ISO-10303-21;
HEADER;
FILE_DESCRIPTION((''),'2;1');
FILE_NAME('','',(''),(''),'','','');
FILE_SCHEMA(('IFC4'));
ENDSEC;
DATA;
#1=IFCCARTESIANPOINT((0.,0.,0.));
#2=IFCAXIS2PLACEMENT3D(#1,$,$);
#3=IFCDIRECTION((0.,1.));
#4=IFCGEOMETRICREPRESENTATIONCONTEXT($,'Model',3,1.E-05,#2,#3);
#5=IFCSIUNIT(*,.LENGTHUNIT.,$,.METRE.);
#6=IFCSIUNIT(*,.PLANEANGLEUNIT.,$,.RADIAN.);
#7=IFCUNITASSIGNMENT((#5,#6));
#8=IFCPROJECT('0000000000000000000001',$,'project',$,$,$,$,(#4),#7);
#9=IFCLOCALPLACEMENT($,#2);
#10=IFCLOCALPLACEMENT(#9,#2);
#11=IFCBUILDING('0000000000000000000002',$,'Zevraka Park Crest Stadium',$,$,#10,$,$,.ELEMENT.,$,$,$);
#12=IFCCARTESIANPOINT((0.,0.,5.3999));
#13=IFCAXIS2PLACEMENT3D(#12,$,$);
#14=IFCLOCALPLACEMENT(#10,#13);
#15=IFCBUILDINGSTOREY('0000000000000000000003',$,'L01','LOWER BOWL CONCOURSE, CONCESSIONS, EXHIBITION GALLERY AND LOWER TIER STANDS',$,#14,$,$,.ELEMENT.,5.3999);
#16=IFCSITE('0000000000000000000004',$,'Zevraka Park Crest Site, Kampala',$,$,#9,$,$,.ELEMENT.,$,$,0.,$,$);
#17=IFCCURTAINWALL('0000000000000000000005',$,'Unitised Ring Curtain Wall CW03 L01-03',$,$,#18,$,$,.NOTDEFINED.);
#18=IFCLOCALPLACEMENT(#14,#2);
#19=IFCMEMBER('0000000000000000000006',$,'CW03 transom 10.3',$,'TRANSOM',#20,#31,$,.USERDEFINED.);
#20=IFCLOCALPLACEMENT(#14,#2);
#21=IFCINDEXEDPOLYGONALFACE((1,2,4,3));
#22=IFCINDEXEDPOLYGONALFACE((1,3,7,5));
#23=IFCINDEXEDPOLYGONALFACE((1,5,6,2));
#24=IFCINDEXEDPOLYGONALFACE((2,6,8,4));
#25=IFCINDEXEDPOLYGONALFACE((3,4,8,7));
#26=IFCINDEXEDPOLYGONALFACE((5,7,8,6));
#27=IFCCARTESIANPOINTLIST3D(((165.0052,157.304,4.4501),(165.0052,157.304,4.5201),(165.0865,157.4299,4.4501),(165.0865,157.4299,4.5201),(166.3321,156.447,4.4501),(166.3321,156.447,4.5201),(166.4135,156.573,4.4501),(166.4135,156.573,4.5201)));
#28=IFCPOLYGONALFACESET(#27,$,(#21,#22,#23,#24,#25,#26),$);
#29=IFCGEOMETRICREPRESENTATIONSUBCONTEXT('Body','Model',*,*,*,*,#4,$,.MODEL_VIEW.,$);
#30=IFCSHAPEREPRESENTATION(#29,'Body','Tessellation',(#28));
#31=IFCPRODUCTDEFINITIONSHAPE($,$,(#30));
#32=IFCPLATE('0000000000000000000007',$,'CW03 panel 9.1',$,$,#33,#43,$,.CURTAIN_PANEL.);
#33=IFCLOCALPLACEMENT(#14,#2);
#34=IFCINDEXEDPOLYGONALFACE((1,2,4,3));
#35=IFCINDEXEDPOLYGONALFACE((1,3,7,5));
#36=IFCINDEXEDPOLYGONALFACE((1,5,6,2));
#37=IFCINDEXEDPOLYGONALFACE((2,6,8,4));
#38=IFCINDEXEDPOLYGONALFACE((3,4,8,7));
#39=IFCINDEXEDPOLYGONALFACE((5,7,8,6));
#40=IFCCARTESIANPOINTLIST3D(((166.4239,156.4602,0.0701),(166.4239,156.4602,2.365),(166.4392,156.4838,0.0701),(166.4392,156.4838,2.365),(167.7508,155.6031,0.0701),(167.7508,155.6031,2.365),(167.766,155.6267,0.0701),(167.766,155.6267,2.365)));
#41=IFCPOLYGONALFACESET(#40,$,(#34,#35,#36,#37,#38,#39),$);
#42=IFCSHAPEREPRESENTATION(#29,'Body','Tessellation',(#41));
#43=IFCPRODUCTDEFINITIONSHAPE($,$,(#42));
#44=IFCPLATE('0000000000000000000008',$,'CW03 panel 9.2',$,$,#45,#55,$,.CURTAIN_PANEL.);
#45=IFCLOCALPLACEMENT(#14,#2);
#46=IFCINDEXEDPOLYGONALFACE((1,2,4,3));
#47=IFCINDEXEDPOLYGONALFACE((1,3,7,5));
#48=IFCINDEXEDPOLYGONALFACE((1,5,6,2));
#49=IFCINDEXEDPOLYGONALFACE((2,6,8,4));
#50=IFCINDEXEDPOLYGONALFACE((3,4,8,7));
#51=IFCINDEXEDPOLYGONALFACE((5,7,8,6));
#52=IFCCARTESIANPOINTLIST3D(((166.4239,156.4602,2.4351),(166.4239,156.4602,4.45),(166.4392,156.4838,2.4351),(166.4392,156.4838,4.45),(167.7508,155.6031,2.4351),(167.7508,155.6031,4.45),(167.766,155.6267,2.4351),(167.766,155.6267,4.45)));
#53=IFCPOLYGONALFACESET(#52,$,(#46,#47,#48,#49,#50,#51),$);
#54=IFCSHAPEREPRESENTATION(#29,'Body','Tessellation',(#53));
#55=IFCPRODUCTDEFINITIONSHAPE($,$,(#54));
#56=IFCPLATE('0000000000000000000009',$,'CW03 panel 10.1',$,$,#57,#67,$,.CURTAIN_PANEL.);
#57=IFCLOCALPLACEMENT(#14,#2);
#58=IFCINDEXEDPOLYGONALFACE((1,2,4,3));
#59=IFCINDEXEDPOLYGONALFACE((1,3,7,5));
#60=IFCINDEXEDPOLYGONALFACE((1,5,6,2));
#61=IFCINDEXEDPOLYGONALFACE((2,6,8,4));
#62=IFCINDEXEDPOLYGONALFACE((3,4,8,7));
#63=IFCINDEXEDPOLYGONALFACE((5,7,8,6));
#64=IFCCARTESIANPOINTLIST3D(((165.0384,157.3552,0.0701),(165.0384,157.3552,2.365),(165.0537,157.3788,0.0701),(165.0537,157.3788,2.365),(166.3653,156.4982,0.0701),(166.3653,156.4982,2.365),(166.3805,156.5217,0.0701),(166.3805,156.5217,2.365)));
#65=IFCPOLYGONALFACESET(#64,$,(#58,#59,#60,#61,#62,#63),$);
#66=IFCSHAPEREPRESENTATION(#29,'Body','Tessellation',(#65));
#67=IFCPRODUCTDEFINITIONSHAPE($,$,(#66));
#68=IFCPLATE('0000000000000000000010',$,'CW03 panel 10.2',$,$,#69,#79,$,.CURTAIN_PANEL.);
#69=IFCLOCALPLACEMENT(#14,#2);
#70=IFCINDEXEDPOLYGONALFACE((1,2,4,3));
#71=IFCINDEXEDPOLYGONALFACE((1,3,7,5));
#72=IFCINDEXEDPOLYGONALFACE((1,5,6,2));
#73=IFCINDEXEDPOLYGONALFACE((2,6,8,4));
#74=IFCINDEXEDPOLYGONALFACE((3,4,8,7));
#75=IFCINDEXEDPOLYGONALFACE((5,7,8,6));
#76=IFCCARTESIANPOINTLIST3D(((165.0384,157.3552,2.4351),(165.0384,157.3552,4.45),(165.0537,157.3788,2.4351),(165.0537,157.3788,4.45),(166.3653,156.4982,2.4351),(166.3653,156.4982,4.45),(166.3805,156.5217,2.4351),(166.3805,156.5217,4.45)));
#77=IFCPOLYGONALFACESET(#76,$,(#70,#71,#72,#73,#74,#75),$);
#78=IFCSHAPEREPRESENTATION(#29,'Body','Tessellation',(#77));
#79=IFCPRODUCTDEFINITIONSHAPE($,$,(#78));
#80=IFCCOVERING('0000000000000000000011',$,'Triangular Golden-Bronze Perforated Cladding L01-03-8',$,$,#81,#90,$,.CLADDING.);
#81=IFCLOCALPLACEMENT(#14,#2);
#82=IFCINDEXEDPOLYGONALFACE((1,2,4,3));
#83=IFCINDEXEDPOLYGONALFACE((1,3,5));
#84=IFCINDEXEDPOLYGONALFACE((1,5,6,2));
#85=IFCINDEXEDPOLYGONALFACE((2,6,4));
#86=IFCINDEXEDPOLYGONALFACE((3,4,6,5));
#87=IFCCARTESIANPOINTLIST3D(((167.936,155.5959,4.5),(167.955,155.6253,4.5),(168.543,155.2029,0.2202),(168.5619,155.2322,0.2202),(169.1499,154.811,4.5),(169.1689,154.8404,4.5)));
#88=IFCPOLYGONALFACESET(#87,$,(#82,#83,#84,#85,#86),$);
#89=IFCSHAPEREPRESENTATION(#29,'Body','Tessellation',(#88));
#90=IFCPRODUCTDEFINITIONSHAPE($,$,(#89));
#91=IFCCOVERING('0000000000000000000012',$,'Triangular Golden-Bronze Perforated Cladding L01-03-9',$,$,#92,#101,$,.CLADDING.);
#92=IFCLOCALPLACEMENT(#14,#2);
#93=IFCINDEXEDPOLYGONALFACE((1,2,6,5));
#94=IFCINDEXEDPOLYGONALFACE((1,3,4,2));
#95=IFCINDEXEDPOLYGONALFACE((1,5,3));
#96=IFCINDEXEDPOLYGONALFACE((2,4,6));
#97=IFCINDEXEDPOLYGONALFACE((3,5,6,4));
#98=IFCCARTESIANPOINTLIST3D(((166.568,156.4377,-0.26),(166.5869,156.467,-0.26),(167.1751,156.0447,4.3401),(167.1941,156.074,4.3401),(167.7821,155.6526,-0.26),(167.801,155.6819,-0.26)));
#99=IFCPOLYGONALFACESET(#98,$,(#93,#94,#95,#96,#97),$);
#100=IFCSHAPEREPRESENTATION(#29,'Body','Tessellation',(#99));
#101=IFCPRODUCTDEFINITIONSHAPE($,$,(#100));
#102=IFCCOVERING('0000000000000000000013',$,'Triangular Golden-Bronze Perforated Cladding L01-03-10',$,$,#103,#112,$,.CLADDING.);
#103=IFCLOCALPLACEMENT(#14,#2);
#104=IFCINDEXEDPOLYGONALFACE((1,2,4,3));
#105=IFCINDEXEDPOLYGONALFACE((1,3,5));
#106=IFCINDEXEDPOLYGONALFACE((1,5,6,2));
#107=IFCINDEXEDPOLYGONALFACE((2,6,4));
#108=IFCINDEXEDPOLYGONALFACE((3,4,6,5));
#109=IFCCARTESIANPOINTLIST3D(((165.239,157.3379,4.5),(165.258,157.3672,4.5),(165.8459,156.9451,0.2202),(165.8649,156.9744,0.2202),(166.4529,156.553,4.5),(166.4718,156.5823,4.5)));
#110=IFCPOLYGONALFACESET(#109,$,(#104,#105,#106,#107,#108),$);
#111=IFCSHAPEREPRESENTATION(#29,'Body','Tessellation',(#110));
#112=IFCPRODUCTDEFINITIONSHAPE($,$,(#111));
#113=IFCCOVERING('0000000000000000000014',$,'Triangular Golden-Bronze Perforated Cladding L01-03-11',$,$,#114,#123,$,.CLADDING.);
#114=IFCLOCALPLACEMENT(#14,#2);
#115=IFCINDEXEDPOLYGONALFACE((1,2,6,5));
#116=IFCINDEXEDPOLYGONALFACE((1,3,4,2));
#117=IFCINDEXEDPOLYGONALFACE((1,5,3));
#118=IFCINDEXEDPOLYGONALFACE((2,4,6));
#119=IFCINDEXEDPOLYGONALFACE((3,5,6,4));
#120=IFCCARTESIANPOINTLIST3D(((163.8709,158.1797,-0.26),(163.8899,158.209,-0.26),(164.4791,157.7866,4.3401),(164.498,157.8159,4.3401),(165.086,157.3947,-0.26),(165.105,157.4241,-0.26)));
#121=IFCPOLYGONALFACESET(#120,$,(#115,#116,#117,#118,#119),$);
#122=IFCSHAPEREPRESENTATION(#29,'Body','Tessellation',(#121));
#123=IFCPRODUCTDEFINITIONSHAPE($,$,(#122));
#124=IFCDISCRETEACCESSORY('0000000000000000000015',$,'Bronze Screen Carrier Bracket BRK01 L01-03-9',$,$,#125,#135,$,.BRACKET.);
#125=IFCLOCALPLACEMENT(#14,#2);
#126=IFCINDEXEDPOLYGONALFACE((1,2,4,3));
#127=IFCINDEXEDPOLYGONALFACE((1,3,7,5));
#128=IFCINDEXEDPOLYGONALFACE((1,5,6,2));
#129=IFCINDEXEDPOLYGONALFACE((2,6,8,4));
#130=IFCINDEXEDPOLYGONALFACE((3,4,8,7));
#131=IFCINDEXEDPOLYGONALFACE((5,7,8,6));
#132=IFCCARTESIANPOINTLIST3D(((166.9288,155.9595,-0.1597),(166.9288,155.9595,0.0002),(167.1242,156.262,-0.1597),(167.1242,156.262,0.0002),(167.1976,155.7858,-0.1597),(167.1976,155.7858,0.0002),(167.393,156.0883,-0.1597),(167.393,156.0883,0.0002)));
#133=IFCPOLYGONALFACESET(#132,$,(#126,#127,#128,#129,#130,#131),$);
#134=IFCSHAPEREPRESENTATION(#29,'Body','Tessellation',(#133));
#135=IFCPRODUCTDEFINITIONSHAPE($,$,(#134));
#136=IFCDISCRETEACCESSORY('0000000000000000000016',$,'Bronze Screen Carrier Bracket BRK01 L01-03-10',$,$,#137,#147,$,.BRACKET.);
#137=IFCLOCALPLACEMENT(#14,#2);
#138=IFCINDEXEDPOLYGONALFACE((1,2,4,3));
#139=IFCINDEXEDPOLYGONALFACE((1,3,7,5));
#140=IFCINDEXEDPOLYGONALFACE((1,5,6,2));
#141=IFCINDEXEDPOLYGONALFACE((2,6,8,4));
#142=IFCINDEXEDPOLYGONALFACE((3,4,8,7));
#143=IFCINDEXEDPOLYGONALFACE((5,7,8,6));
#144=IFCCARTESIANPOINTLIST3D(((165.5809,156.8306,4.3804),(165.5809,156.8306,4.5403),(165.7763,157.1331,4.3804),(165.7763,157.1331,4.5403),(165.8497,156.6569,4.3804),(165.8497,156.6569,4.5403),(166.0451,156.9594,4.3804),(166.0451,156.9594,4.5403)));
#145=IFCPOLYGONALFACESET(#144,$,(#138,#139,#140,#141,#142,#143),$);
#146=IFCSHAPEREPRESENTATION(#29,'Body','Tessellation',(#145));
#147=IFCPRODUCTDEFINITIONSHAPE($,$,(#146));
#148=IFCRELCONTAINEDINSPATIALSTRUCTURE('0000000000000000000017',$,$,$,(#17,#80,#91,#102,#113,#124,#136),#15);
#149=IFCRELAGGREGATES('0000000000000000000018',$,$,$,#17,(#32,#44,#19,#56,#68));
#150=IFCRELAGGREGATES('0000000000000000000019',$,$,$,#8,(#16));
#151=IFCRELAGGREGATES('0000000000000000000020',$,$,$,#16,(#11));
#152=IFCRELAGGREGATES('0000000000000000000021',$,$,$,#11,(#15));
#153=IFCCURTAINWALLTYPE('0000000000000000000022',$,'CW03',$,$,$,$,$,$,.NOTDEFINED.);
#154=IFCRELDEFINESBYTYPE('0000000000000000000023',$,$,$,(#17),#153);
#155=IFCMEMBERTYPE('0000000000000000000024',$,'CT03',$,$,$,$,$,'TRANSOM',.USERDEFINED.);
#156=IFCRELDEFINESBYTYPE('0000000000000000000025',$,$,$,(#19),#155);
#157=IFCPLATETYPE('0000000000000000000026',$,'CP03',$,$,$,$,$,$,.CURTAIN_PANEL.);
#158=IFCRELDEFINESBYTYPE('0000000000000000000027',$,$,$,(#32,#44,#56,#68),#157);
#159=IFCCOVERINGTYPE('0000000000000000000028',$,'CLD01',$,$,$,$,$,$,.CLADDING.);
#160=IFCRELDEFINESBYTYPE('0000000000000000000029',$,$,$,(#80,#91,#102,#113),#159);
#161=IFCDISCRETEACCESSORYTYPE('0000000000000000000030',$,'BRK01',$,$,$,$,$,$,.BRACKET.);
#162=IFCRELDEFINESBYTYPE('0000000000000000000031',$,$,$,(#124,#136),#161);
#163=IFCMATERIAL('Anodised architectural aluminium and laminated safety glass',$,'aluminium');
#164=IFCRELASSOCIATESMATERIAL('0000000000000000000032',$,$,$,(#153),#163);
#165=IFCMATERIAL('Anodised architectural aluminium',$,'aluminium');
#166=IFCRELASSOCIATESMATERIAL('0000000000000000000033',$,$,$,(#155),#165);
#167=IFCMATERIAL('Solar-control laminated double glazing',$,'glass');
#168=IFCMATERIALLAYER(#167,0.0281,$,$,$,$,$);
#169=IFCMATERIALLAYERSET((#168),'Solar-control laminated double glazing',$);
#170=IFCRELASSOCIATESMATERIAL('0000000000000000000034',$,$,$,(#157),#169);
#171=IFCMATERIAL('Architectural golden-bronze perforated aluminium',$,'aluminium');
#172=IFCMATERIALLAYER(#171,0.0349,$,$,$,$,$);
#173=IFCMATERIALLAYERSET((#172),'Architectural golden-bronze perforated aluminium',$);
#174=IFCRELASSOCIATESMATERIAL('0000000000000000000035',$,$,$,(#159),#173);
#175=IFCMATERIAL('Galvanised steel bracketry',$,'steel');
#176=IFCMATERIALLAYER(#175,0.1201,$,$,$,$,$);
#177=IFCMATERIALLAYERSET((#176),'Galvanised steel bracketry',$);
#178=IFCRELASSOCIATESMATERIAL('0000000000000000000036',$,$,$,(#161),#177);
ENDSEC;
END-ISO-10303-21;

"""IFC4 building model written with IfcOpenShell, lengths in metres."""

from ifc_helpers import new_model, si_unit, direction, frame, origin, origin_2d, place, context, subcontext, project, spatial, polyline, rectangle, outline, extrude, material, layer, layer_set, material_profile, profile_set, type_object, element, aggregate, save


model = new_model("IFC4")

# Units and contexts
model_context = context("Model", 3, precision=1e-05, world=origin(), true_north=direction((0.0, 1.0)))
body_context = subcontext(model_context, "Body", "Model", "MODEL_VIEW")
ifc_project = project(units=[si_unit("LENGTHUNIT", "METRE"), si_unit("PLANEANGLEUNIT", "RADIAN")], contexts=[model_context])

# Site, building, storey
site_placement = place(None, origin())
site = spatial("IfcSite", under=ifc_project, at=site_placement, Name="Zevraka Park Crest Site, Kampala", CompositionType="ELEMENT", RefElevation=0.0)
building_placement = place(site_placement, origin())
building = spatial("IfcBuilding", under=site, at=building_placement, Name="Zevraka Park Crest Stadium", CompositionType="ELEMENT")
storey_placement = place(building_placement, frame((0.0, 0.0, 5.3999)))
storey = spatial("IfcBuildingStorey", under=building, at=storey_placement, Name="L01", Description="LOWER BOWL CONCOURSE, CONCESSIONS, EXHIBITION GALLERY AND LOWER TIER STANDS", CompositionType="ELEMENT", Elevation=5.3999)

# Curtain wall, member, plates
ifc_material_1 = material(Name="Anodised architectural aluminium and laminated safety glass", Category="aluminium")
curtain_wall_type = type_object("IfcCurtainWallType", Name="CW03", PredefinedType="NOTDEFINED", material=ifc_material_1)
curtain_wall_placement = place(storey_placement, origin())
curtain_wall = element("IfcCurtainWall", 1, at=curtain_wall_placement, inside=storey, type_object=curtain_wall_type, Name="Unitised Ring Curtain Wall CW03 L01-03", PredefinedType="NOTDEFINED")
ifc_material_2 = material(Name="Anodised architectural aluminium", Category="aluminium")
ifc_material_profile_1 = material_profile(ifc_material_2, rectangle(XDim=0.1499, YDim=0.0701, at=origin_2d()), Name="ALU TRANSOM 150x70")
ifc_profile_set_1 = profile_set([ifc_material_profile_1], Name="Anodised architectural aluminium")
member_type_1 = type_object("IfcMemberType", Name="CT03", ElementType="TRANSOM", PredefinedType="USERDEFINED", material=ifc_profile_set_1)
member_1_placement = place(storey_placement, frame((166.3728, 156.51, 4.4851), z_axis=(-0.840047, 0.542514, 0.0), x_axis=(-0.542514, -0.840047, 0.0)))
member_1 = element("IfcMember", 2, at=member_1_placement, type_object=member_type_1, Name="CW03 transom 10.3", ObjectType="TRANSOM", PredefinedType="USERDEFINED", context=body_context, shape_type="SweptSolid", body=[
    extrude(rectangle(XDim=0.1499, YDim=0.0701, at=origin_2d()), origin(), (0.0, 0.0, 1.0), 1.5796),
])
ifc_material_3 = material(Name="Solar-control laminated double glazing", Category="glass")
ifc_layer_1 = layer(ifc_material_3, 0.0281)
ifc_layer_set_1 = layer_set([ifc_layer_1], Name="Solar-control laminated double glazing")
plate_type = type_object("IfcPlateType", Name="CP03", PredefinedType="CURTAIN_PANEL", material=ifc_layer_set_1)
plate_1_placement = place(storey_placement, frame((167.095, 156.0435, 0.0701), z_axis=(0.0, 0.0, 1.0), x_axis=(-0.84001, 0.542571, 0.0)))
plate_1 = element("IfcPlate", 3, at=plate_1_placement, type_object=plate_type, Name="CW03 panel 9.1", PredefinedType="CURTAIN_PANEL", context=body_context, shape_type="SweptSolid", body=[
    extrude(rectangle(XDim=1.5796, YDim=0.0281, at=origin_2d()), origin(), (0.0, 0.0, 1.0), 2.2949),
])
plate_2_placement = place(storey_placement, frame((167.095, 156.0435, 2.4351), z_axis=(0.0, 0.0, 1.0), x_axis=(-0.84001, 0.542571, 0.0)))
plate_2 = element("IfcPlate", 4, at=plate_2_placement, type_object=plate_type, Name="CW03 panel 9.2", PredefinedType="CURTAIN_PANEL", context=body_context, shape_type="SweptSolid", body=[
    extrude(rectangle(XDim=1.5796, YDim=0.0281, at=origin_2d()), origin(), (0.0, 0.0, 1.0), 2.0149),
])
plate_3_placement = place(storey_placement, frame((165.7095, 156.9385, 0.0701), z_axis=(0.0, 0.0, 1.0), x_axis=(-0.84001, 0.542571, 0.0)))
plate_3 = element("IfcPlate", 5, at=plate_3_placement, type_object=plate_type, Name="CW03 panel 10.1", PredefinedType="CURTAIN_PANEL", context=body_context, shape_type="SweptSolid", body=[
    extrude(rectangle(XDim=1.5796, YDim=0.0281, at=origin_2d()), origin(), (0.0, 0.0, 1.0), 2.2949),
])
plate_4_placement = place(storey_placement, frame((165.7095, 156.9385, 2.4351), z_axis=(0.0, 0.0, 1.0), x_axis=(-0.84001, 0.542571, 0.0)))
plate_4 = element("IfcPlate", 6, at=plate_4_placement, type_object=plate_type, Name="CW03 panel 10.2", PredefinedType="CURTAIN_PANEL", context=body_context, shape_type="SweptSolid", body=[
    extrude(rectangle(XDim=1.5796, YDim=0.0281, at=origin_2d()), origin(), (0.0, 0.0, 1.0), 2.0149),
])
aggregate(curtain_wall, [plate_1, plate_2, member_1, plate_3, plate_4])

# Coverings
ifc_material_4 = material(Name="Architectural golden-bronze perforated aluminium", Category="aluminium")
ifc_layer_2 = layer(ifc_material_4, 0.0349)
ifc_layer_set_2 = layer_set([ifc_layer_2], Name="Architectural golden-bronze perforated aluminium")
covering_type = type_object("IfcCoveringType", Name="CLD01", PredefinedType="CLADDING", material=ifc_layer_set_2)
covering_1_placement = place(storey_placement, frame((167.936, 155.5959, 4.5), z_axis=(-0.542992, -0.839738, 0.00012), x_axis=(0.839738, -0.542992, 0.0)))
element("IfcCovering", 7, at=covering_1_placement, inside=storey, type_object=covering_type, Name="Triangular Golden-Bronze Perforated Cladding L01-03-8", PredefinedType="CLADDING", context=body_context, shape_type="SweptSolid", body=[
    extrude(outline(polyline([(0.0, 0.0), (1.4455, 0.0), (0.7231, -4.2798), (0.0, 0.0)])), origin(), (0.0, 0.0, -1.0), 0.0349),
])
covering_2_placement = place(storey_placement, frame((167.801, 155.6819, -0.26), z_axis=(0.543034, 0.839711, 0.000075), x_axis=(-0.839711, 0.543034, 0.0)))
element("IfcCovering", 8, at=covering_2_placement, inside=storey, type_object=covering_type, Name="Triangular Golden-Bronze Perforated Cladding L01-03-9", PredefinedType="CLADDING", context=body_context, shape_type="SweptSolid", body=[
    extrude(outline(polyline([(0.0, 0.0), (1.4459, 0.0), (0.7226, 4.6001), (0.0, 0.0)])), origin(), (0.0, 0.0, -1.0), 0.0349),
])
covering_3_placement = place(storey_placement, frame((165.239, 157.3379, 4.5), z_axis=(-0.542992, -0.839738, 0.000072), x_axis=(0.839738, -0.542992, 0.0)))
element("IfcCovering", 9, at=covering_3_placement, inside=storey, type_object=covering_type, Name="Triangular Golden-Bronze Perforated Cladding L01-03-10", PredefinedType="CLADDING", context=body_context, shape_type="SweptSolid", body=[
    extrude(outline(polyline([(0.0, 0.0), (1.4455, 0.0), (0.723, -4.2798), (0.0, 0.0)])), origin(), (0.0, 0.0, -1.0), 0.0349),
])
covering_4_placement = place(storey_placement, frame((165.105, 157.4241, -0.26), z_axis=(0.542607, 0.839986, 0.000039), x_axis=(-0.839986, 0.542607, 0.0)))
element("IfcCovering", 10, at=covering_4_placement, inside=storey, type_object=covering_type, Name="Triangular Golden-Bronze Perforated Cladding L01-03-11", PredefinedType="CLADDING", context=body_context, shape_type="SweptSolid", body=[
    extrude(outline(polyline([(0.0, 0.0), (1.4466, 0.0), (0.7224, 4.6001), (0.0, 0.0)])), origin(), (0.0, 0.0, -1.0), 0.0349),
])

# Discrete accessories
ifc_material_5 = material(Name="Galvanised steel bracketry", Category="steel")
ifc_layer_3 = layer(ifc_material_5, 0.1201)
ifc_layer_set_3 = layer_set([ifc_layer_3], Name="Galvanised steel bracketry")
discrete_accessory_type = type_object("IfcDiscreteAccessoryType", Name="BRK01", PredefinedType="BRACKET", material=ifc_layer_set_3)
for number, where, z_axis, x_axis, name in (
    (11, (167.1609, 156.0239, -0.1597), (0.0, 0.0, 1.0), (-0.839999, 0.542588, 0.0), "Bronze Screen Carrier Bracket BRK01 L01-03-9"),
    (12, (165.813, 156.895, 4.3804), (0.0, 0.0, 1.0), (-0.839999, 0.542588, 0.0), "Bronze Screen Carrier Bracket BRK01 L01-03-10"),
):
    element("IfcDiscreteAccessory", number, at=place(storey_placement, frame(where, z_axis=z_axis, x_axis=x_axis)), inside=storey, type_object=discrete_accessory_type, Name=name, PredefinedType="BRACKET", context=body_context, shape_type="SweptSolid", body=[
        extrude(rectangle(XDim=0.3201, YDim=0.3601, at=origin_2d()), origin(), (0.0, 0.0, 1.0), 0.1599),
    ])

save(model, "model.ifc")
